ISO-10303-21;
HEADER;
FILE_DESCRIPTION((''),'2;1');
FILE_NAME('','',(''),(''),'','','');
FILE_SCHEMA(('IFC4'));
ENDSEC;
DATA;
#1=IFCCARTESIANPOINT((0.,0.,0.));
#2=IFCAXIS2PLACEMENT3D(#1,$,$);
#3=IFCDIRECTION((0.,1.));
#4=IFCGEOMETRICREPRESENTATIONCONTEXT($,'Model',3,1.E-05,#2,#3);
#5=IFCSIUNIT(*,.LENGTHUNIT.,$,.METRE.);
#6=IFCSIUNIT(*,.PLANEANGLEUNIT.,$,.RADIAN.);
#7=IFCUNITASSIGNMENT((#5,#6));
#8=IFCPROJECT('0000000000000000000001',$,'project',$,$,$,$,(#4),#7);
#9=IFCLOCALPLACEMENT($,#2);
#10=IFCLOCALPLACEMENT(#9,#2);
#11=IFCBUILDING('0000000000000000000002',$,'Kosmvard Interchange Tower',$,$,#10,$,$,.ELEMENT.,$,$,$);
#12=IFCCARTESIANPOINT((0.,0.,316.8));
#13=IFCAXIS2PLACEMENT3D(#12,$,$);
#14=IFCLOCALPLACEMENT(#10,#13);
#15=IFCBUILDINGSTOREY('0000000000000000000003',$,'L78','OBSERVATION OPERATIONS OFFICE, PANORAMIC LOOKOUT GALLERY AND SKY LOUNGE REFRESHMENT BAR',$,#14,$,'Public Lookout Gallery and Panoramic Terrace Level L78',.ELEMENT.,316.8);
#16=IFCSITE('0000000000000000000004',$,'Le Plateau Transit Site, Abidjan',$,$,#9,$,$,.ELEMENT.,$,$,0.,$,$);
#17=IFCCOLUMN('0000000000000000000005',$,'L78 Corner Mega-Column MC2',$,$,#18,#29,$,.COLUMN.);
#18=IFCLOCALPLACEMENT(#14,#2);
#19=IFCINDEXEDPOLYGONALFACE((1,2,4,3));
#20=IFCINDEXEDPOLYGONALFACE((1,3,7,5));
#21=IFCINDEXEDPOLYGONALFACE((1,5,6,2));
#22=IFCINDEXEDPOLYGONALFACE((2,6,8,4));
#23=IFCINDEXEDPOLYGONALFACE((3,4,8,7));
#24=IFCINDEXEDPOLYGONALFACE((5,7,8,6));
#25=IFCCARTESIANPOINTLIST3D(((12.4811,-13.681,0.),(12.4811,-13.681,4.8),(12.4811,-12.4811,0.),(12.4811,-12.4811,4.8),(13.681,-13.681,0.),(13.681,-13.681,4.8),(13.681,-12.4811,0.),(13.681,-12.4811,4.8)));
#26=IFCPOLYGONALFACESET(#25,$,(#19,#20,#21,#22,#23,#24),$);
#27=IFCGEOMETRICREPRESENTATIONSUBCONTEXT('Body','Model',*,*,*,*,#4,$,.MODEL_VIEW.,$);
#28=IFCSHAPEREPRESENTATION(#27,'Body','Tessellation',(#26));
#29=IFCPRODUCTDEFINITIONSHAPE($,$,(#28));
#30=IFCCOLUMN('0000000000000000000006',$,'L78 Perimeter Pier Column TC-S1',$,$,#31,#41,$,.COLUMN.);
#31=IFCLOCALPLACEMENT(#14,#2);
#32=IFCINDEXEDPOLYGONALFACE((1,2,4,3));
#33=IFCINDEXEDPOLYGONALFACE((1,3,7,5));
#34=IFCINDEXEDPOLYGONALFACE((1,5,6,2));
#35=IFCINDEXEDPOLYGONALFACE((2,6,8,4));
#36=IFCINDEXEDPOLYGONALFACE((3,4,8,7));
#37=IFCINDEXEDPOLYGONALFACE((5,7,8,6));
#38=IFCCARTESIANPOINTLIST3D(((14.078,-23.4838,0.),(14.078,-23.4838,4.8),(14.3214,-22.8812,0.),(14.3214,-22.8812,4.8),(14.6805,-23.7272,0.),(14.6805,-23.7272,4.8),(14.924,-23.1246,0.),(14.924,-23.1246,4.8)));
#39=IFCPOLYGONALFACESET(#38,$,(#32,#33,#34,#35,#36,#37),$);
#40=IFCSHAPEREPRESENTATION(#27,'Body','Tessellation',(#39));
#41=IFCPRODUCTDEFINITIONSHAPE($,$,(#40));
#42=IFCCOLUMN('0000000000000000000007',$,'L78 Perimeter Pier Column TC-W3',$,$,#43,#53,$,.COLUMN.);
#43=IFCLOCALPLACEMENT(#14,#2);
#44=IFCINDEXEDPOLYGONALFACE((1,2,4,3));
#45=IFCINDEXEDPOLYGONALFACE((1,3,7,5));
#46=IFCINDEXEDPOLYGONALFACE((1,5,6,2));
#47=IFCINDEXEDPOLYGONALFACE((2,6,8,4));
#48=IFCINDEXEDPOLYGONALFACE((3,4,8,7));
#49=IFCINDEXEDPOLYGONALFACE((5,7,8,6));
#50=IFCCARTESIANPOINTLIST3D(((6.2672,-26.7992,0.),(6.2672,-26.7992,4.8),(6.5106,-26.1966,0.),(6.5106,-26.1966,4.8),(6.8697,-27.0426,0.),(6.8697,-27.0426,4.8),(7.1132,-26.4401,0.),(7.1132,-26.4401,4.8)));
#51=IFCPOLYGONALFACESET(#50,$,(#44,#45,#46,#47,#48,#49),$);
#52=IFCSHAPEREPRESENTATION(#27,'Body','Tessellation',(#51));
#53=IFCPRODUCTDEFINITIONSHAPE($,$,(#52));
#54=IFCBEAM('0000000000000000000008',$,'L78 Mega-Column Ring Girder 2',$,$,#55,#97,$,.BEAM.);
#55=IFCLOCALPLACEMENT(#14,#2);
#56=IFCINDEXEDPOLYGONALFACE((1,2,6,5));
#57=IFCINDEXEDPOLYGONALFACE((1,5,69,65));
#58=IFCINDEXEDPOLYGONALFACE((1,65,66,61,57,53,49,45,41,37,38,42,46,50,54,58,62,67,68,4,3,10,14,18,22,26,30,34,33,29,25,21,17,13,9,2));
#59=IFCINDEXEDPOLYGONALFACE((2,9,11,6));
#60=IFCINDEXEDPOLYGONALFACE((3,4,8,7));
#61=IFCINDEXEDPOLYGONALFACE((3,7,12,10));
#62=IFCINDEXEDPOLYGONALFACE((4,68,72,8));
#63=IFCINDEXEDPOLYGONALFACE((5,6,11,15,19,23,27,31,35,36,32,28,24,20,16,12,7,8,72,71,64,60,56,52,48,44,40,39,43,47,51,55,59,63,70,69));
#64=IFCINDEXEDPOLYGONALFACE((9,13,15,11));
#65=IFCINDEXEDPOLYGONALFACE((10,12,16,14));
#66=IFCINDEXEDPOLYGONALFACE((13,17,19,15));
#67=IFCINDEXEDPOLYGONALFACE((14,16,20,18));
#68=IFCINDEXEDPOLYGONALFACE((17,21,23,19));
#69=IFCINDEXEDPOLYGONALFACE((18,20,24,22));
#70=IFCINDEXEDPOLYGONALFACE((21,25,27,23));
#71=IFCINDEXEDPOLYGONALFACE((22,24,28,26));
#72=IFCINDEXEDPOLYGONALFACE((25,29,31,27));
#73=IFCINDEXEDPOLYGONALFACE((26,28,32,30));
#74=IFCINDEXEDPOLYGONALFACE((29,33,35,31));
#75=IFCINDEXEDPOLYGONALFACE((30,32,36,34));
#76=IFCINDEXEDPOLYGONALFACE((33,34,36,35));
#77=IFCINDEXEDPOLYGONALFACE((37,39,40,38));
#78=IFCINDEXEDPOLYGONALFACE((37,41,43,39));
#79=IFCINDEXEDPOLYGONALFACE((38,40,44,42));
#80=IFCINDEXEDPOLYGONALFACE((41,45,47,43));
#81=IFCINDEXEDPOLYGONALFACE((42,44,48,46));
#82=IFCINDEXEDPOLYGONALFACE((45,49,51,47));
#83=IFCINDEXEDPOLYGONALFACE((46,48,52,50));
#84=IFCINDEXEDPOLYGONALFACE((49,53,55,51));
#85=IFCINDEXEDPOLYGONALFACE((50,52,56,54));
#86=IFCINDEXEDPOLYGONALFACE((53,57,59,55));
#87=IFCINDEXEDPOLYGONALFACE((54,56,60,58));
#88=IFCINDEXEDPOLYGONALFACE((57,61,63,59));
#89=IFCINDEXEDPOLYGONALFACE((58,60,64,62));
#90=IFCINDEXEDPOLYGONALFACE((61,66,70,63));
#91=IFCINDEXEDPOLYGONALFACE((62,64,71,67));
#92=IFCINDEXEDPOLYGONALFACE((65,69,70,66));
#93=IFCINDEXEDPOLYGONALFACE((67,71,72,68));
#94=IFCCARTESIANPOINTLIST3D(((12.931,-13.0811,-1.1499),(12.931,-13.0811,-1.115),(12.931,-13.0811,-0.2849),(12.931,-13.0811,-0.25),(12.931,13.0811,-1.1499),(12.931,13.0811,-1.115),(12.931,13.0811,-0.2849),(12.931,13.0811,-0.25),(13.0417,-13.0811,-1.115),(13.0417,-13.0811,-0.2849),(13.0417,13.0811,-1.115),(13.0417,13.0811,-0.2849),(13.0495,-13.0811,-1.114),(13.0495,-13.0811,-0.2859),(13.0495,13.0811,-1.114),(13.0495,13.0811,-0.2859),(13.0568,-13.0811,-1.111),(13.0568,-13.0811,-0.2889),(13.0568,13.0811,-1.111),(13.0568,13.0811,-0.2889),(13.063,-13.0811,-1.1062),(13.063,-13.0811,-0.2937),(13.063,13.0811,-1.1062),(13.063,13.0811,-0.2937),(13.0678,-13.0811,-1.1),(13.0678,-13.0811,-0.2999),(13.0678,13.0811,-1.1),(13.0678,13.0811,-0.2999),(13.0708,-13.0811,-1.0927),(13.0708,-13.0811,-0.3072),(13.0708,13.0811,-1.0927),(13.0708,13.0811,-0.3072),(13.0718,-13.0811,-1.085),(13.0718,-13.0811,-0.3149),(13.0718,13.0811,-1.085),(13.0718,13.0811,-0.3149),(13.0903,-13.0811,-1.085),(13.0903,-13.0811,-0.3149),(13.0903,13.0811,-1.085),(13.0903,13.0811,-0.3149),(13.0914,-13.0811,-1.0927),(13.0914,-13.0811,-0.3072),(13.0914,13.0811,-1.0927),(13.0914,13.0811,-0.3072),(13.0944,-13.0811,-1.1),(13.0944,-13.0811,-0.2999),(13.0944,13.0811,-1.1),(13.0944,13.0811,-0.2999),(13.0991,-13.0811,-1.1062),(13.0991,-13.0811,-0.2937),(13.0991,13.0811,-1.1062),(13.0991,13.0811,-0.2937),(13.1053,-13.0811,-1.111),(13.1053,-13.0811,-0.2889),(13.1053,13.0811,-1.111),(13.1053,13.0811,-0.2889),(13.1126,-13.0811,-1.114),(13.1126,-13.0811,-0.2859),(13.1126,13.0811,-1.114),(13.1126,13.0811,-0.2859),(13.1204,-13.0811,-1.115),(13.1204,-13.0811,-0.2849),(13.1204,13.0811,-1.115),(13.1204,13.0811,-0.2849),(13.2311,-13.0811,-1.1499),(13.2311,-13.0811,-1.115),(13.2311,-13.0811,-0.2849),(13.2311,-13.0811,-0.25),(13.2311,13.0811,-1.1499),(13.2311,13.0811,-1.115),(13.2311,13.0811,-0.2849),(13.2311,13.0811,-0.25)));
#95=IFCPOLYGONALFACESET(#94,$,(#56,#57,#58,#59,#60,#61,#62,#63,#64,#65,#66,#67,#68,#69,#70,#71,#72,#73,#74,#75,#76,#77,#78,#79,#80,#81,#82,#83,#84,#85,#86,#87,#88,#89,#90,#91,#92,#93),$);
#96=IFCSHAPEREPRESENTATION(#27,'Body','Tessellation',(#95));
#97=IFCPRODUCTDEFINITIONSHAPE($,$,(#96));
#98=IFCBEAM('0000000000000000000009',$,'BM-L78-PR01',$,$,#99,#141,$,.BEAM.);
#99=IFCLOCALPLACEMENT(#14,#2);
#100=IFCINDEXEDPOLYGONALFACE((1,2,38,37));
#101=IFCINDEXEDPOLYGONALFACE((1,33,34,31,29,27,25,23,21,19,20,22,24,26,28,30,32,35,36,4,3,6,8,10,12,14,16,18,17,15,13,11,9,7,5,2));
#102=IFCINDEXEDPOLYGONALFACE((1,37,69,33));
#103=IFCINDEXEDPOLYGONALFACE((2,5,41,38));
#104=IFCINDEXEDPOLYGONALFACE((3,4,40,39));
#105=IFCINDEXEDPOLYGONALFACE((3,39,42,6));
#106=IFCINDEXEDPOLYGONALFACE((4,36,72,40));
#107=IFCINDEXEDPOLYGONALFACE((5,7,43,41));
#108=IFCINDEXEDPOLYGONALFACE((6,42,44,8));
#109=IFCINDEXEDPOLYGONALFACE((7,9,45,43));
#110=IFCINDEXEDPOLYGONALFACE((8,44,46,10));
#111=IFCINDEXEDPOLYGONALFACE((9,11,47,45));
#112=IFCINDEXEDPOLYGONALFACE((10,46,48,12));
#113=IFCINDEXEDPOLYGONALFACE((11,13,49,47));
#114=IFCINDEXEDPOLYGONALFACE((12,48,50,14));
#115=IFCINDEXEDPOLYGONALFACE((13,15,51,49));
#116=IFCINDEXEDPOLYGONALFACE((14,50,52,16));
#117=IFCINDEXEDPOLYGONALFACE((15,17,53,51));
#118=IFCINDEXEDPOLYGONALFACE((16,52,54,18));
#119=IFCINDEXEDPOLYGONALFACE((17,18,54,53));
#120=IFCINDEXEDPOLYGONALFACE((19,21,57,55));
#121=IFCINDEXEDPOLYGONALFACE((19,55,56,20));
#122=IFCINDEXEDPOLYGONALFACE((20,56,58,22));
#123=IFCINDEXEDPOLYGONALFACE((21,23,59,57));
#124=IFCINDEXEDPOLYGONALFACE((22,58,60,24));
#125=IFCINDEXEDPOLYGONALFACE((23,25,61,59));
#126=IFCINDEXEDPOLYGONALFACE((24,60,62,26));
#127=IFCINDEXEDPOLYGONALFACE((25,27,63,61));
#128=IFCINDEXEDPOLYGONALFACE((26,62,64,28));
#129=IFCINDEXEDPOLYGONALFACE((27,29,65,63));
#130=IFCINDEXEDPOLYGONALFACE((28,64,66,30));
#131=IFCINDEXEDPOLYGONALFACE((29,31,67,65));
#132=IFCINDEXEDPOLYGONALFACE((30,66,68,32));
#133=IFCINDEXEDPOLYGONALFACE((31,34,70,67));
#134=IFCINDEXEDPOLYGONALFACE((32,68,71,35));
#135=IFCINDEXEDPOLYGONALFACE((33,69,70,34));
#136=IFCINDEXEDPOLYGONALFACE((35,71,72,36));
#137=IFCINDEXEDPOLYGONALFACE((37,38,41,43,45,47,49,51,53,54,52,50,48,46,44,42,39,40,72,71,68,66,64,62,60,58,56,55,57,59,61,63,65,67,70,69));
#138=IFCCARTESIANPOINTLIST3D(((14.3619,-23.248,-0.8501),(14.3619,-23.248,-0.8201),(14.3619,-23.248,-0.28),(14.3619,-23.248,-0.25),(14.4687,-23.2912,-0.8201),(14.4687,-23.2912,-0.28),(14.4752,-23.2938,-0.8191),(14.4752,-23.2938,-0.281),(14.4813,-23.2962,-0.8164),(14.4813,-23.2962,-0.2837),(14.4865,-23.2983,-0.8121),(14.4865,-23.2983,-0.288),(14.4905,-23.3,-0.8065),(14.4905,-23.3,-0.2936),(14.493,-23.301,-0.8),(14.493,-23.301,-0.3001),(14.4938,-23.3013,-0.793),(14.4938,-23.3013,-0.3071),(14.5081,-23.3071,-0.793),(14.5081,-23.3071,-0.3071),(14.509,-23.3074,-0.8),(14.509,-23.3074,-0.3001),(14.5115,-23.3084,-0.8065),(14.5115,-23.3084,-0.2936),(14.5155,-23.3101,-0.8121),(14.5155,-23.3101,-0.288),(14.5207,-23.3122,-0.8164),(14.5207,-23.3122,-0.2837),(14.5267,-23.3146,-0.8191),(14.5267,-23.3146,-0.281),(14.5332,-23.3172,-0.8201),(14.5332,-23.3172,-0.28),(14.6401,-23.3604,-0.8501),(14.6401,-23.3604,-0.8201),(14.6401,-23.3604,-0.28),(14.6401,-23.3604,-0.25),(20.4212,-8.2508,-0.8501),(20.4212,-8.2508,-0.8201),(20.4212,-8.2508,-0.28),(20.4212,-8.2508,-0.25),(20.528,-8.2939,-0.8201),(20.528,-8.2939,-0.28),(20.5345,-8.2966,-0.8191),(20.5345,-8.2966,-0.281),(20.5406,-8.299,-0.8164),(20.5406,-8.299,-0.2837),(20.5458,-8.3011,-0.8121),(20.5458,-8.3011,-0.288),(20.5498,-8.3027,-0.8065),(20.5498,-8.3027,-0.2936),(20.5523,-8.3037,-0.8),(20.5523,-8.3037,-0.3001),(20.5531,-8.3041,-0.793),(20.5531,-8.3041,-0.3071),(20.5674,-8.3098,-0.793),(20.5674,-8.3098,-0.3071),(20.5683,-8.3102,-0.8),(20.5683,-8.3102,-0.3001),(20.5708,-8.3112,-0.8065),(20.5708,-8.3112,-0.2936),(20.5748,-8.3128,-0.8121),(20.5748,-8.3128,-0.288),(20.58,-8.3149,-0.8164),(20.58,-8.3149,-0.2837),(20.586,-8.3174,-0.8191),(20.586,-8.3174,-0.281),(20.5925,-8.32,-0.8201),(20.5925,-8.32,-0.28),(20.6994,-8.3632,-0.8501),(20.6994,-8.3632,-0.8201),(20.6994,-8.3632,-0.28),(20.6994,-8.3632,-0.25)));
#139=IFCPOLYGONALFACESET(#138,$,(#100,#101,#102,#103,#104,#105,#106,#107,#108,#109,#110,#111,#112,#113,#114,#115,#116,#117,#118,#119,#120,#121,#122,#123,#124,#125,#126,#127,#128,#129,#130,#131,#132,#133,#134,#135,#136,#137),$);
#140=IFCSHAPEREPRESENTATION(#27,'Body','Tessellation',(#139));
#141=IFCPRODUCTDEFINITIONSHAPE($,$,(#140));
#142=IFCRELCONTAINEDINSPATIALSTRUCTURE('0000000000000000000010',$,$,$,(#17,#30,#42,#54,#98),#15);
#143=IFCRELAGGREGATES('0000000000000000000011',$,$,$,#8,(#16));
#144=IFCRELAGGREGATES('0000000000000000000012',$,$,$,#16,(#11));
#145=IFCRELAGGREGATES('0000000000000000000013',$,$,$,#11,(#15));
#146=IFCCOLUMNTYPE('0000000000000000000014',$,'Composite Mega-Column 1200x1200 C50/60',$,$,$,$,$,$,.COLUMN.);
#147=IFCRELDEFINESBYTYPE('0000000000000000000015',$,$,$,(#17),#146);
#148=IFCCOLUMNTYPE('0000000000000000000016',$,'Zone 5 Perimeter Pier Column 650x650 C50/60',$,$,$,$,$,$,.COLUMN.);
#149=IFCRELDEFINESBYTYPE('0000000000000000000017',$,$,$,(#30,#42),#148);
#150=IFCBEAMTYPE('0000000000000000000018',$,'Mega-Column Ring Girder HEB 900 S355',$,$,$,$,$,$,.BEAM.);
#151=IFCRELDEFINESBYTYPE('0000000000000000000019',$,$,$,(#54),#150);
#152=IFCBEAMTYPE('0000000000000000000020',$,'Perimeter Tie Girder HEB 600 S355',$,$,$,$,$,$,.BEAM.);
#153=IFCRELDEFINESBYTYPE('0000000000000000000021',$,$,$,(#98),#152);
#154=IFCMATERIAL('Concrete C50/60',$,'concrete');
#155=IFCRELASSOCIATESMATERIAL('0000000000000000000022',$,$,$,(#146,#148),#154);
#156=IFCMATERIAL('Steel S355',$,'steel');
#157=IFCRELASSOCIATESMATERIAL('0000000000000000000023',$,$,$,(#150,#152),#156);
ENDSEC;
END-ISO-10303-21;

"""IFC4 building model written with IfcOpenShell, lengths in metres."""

from ifc_helpers import new_model, si_unit, direction, frame, origin, origin_2d, place, context, subcontext, project, spatial, rectangle, i_section, extrude, source, transform, mapped, material, material_profile, profile_set, type_object, element, save


model = new_model("IFC4")

# Units and contexts
model_context = context("Model", 3, precision=1e-05, world=origin(), true_north=direction((0.0, 1.0)))
body_context = subcontext(model_context, "Body", "Model", "MODEL_VIEW")
ifc_project = project(units=[si_unit("LENGTHUNIT", "METRE"), si_unit("PLANEANGLEUNIT", "RADIAN")], contexts=[model_context])

# Site, building, storey
site_placement = place(None, origin())
site = spatial("IfcSite", under=ifc_project, at=site_placement, Name="Le Plateau Transit Site, Abidjan", CompositionType="ELEMENT", RefElevation=0.0)
building_placement = place(site_placement, origin())
building = spatial("IfcBuilding", under=site, at=building_placement, Name="Kosmvard Interchange Tower", CompositionType="ELEMENT")
storey_placement = place(building_placement, frame((0.0, 0.0, 316.8)))
storey = spatial("IfcBuildingStorey", under=building, at=storey_placement, Name="L78", Description="OBSERVATION OPERATIONS OFFICE, PANORAMIC LOOKOUT GALLERY AND SKY LOUNGE REFRESHMENT BAR", LongName="Public Lookout Gallery and Panoramic Terrace Level L78", CompositionType="ELEMENT", Elevation=316.8)

# Columns
ifc_material_1 = material(Name="Concrete C50/60", Category="concrete")
ifc_material_profile_1 = material_profile(ifc_material_1, rectangle(XDim=1.2, YDim=1.2, at=origin_2d()), Name="MC 1200x1200")
ifc_profile_set_1 = profile_set([ifc_material_profile_1], Name="Concrete C50/60")
column_type_1 = type_object("IfcColumnType", Name="Composite Mega-Column 1200x1200 C50/60", PredefinedType="COLUMN", material=ifc_profile_set_1)
shared_shape_1 = source(origin(), body_context, "Body", "SweptSolid", [
    extrude(rectangle(XDim=1.2, YDim=1.2, at=origin_2d()), origin(), (0.0, 0.0, 1.0), 4.8),
])
column_placement = place(storey_placement, frame((13.0811, -13.0811, 0.0), z_axis=(0.0, 0.0, 1.0), x_axis=(1.0, 0.0, 0.0)))
element("IfcColumn", 1, at=column_placement, inside=storey, type_object=column_type_1, Name="L78 Corner Mega-Column MC2", PredefinedType="COLUMN", context=body_context, shape_type="MappedRepresentation", body=[
    mapped(shared_shape_1, transform((0.0, 0.0, 0.0), scale=1.0)),
])
ifc_material_profile_2 = material_profile(ifc_material_1, rectangle(XDim=0.6499, YDim=0.6499, at=origin_2d()), Name="TC 650x650")
ifc_profile_set_2 = profile_set([ifc_material_profile_2], Name="Concrete C50/60")
column_type_2 = type_object("IfcColumnType", Name="Zone 5 Perimeter Pier Column 650x650 C50/60", PredefinedType="COLUMN", material=ifc_profile_set_2)
shared_shape_2 = source(origin(), body_context, "Body", "SweptSolid", [
    extrude(rectangle(XDim=0.6499, YDim=0.6499, at=origin_2d()), origin(), (0.0, 0.0, 1.0), 4.8),
])
for number, where, z_axis, x_axis, name in (
    (2, (14.501, -23.3042, 0.0), (0.0, 0.0, 1.0), (0.374607, 0.927184, 0.0), "L78 Perimeter Pier Column TC-S1"),
    (3, (6.6902, -26.6196, 0.0), (0.0, 0.0, 1.0), (0.374607, 0.927184, 0.0), "L78 Perimeter Pier Column TC-W3"),
):
    element("IfcColumn", number, at=place(storey_placement, frame(where, z_axis=z_axis, x_axis=x_axis)), inside=storey, type_object=column_type_2, Name=name, PredefinedType="COLUMN", context=body_context, shape_type="MappedRepresentation", body=[
        mapped(shared_shape_2, transform((0.0, 0.0, 0.0), scale=1.0)),
    ])

# Beams
ifc_material_2 = material(Name="Steel S355", Category="steel")
ifc_material_profile_3 = material_profile(ifc_material_2, i_section(OverallWidth=0.3, OverallDepth=0.8999, WebThickness=0.0186, FlangeThickness=0.0349, FilletRadius=0.03, at=origin_2d()), Name="HEB 900")
ifc_profile_set_3 = profile_set([ifc_material_profile_3], Name="Steel S355")
beam_type_1 = type_object("IfcBeamType", Name="Mega-Column Ring Girder HEB 900 S355", PredefinedType="BEAM", material=ifc_profile_set_3)
shared_shape_3 = source(origin(), body_context, "Body", "SweptSolid", [
    extrude(i_section(OverallWidth=0.3, OverallDepth=0.8999, WebThickness=0.0186, FlangeThickness=0.0349, FilletRadius=0.03, at=origin_2d()), origin(), (0.0, 0.0, 1.0), 26.1621),
])
beam_1_placement = place(storey_placement, frame((13.0811, -13.0811, -0.7), z_axis=(0.0, 1.0, 0.0), x_axis=(-1.0, 0.0, 0.0)))
element("IfcBeam", 4, at=beam_1_placement, inside=storey, type_object=beam_type_1, Name="L78 Mega-Column Ring Girder 2", PredefinedType="BEAM", context=body_context, shape_type="MappedRepresentation", body=[
    mapped(shared_shape_3, transform((0.0, 0.0, 0.0), scale=1.0)),
])
ifc_material_profile_4 = material_profile(ifc_material_2, i_section(OverallWidth=0.3, OverallDepth=0.6001, WebThickness=0.0154, FlangeThickness=0.03, FilletRadius=0.0271, at=origin_2d()), Name="HEB 600")
ifc_profile_set_4 = profile_set([ifc_material_profile_4], Name="Steel S355")
beam_type_2 = type_object("IfcBeamType", Name="Perimeter Tie Girder HEB 600 S355", PredefinedType="BEAM", material=ifc_profile_set_4)
shared_shape_4 = source(origin(), body_context, "Body", "SweptSolid", [
    extrude(i_section(OverallWidth=0.3, OverallDepth=0.6001, WebThickness=0.0154, FlangeThickness=0.03, FilletRadius=0.0271, at=origin_2d()), origin(), (0.0, 0.0, 1.0), 16.175),
])
beam_2_placement = place(storey_placement, frame((14.501, -23.3042, -0.55), z_axis=(0.374608, 0.927183, 0.0), x_axis=(-0.927183, 0.374608, 0.0)))
element("IfcBeam", 5, at=beam_2_placement, inside=storey, type_object=beam_type_2, Name="BM-L78-PR01", PredefinedType="BEAM", context=body_context, shape_type="MappedRepresentation", body=[
    mapped(shared_shape_4, transform((0.0, 0.0, 0.0), scale=1.0)),
])

save(model, "model.ifc")
